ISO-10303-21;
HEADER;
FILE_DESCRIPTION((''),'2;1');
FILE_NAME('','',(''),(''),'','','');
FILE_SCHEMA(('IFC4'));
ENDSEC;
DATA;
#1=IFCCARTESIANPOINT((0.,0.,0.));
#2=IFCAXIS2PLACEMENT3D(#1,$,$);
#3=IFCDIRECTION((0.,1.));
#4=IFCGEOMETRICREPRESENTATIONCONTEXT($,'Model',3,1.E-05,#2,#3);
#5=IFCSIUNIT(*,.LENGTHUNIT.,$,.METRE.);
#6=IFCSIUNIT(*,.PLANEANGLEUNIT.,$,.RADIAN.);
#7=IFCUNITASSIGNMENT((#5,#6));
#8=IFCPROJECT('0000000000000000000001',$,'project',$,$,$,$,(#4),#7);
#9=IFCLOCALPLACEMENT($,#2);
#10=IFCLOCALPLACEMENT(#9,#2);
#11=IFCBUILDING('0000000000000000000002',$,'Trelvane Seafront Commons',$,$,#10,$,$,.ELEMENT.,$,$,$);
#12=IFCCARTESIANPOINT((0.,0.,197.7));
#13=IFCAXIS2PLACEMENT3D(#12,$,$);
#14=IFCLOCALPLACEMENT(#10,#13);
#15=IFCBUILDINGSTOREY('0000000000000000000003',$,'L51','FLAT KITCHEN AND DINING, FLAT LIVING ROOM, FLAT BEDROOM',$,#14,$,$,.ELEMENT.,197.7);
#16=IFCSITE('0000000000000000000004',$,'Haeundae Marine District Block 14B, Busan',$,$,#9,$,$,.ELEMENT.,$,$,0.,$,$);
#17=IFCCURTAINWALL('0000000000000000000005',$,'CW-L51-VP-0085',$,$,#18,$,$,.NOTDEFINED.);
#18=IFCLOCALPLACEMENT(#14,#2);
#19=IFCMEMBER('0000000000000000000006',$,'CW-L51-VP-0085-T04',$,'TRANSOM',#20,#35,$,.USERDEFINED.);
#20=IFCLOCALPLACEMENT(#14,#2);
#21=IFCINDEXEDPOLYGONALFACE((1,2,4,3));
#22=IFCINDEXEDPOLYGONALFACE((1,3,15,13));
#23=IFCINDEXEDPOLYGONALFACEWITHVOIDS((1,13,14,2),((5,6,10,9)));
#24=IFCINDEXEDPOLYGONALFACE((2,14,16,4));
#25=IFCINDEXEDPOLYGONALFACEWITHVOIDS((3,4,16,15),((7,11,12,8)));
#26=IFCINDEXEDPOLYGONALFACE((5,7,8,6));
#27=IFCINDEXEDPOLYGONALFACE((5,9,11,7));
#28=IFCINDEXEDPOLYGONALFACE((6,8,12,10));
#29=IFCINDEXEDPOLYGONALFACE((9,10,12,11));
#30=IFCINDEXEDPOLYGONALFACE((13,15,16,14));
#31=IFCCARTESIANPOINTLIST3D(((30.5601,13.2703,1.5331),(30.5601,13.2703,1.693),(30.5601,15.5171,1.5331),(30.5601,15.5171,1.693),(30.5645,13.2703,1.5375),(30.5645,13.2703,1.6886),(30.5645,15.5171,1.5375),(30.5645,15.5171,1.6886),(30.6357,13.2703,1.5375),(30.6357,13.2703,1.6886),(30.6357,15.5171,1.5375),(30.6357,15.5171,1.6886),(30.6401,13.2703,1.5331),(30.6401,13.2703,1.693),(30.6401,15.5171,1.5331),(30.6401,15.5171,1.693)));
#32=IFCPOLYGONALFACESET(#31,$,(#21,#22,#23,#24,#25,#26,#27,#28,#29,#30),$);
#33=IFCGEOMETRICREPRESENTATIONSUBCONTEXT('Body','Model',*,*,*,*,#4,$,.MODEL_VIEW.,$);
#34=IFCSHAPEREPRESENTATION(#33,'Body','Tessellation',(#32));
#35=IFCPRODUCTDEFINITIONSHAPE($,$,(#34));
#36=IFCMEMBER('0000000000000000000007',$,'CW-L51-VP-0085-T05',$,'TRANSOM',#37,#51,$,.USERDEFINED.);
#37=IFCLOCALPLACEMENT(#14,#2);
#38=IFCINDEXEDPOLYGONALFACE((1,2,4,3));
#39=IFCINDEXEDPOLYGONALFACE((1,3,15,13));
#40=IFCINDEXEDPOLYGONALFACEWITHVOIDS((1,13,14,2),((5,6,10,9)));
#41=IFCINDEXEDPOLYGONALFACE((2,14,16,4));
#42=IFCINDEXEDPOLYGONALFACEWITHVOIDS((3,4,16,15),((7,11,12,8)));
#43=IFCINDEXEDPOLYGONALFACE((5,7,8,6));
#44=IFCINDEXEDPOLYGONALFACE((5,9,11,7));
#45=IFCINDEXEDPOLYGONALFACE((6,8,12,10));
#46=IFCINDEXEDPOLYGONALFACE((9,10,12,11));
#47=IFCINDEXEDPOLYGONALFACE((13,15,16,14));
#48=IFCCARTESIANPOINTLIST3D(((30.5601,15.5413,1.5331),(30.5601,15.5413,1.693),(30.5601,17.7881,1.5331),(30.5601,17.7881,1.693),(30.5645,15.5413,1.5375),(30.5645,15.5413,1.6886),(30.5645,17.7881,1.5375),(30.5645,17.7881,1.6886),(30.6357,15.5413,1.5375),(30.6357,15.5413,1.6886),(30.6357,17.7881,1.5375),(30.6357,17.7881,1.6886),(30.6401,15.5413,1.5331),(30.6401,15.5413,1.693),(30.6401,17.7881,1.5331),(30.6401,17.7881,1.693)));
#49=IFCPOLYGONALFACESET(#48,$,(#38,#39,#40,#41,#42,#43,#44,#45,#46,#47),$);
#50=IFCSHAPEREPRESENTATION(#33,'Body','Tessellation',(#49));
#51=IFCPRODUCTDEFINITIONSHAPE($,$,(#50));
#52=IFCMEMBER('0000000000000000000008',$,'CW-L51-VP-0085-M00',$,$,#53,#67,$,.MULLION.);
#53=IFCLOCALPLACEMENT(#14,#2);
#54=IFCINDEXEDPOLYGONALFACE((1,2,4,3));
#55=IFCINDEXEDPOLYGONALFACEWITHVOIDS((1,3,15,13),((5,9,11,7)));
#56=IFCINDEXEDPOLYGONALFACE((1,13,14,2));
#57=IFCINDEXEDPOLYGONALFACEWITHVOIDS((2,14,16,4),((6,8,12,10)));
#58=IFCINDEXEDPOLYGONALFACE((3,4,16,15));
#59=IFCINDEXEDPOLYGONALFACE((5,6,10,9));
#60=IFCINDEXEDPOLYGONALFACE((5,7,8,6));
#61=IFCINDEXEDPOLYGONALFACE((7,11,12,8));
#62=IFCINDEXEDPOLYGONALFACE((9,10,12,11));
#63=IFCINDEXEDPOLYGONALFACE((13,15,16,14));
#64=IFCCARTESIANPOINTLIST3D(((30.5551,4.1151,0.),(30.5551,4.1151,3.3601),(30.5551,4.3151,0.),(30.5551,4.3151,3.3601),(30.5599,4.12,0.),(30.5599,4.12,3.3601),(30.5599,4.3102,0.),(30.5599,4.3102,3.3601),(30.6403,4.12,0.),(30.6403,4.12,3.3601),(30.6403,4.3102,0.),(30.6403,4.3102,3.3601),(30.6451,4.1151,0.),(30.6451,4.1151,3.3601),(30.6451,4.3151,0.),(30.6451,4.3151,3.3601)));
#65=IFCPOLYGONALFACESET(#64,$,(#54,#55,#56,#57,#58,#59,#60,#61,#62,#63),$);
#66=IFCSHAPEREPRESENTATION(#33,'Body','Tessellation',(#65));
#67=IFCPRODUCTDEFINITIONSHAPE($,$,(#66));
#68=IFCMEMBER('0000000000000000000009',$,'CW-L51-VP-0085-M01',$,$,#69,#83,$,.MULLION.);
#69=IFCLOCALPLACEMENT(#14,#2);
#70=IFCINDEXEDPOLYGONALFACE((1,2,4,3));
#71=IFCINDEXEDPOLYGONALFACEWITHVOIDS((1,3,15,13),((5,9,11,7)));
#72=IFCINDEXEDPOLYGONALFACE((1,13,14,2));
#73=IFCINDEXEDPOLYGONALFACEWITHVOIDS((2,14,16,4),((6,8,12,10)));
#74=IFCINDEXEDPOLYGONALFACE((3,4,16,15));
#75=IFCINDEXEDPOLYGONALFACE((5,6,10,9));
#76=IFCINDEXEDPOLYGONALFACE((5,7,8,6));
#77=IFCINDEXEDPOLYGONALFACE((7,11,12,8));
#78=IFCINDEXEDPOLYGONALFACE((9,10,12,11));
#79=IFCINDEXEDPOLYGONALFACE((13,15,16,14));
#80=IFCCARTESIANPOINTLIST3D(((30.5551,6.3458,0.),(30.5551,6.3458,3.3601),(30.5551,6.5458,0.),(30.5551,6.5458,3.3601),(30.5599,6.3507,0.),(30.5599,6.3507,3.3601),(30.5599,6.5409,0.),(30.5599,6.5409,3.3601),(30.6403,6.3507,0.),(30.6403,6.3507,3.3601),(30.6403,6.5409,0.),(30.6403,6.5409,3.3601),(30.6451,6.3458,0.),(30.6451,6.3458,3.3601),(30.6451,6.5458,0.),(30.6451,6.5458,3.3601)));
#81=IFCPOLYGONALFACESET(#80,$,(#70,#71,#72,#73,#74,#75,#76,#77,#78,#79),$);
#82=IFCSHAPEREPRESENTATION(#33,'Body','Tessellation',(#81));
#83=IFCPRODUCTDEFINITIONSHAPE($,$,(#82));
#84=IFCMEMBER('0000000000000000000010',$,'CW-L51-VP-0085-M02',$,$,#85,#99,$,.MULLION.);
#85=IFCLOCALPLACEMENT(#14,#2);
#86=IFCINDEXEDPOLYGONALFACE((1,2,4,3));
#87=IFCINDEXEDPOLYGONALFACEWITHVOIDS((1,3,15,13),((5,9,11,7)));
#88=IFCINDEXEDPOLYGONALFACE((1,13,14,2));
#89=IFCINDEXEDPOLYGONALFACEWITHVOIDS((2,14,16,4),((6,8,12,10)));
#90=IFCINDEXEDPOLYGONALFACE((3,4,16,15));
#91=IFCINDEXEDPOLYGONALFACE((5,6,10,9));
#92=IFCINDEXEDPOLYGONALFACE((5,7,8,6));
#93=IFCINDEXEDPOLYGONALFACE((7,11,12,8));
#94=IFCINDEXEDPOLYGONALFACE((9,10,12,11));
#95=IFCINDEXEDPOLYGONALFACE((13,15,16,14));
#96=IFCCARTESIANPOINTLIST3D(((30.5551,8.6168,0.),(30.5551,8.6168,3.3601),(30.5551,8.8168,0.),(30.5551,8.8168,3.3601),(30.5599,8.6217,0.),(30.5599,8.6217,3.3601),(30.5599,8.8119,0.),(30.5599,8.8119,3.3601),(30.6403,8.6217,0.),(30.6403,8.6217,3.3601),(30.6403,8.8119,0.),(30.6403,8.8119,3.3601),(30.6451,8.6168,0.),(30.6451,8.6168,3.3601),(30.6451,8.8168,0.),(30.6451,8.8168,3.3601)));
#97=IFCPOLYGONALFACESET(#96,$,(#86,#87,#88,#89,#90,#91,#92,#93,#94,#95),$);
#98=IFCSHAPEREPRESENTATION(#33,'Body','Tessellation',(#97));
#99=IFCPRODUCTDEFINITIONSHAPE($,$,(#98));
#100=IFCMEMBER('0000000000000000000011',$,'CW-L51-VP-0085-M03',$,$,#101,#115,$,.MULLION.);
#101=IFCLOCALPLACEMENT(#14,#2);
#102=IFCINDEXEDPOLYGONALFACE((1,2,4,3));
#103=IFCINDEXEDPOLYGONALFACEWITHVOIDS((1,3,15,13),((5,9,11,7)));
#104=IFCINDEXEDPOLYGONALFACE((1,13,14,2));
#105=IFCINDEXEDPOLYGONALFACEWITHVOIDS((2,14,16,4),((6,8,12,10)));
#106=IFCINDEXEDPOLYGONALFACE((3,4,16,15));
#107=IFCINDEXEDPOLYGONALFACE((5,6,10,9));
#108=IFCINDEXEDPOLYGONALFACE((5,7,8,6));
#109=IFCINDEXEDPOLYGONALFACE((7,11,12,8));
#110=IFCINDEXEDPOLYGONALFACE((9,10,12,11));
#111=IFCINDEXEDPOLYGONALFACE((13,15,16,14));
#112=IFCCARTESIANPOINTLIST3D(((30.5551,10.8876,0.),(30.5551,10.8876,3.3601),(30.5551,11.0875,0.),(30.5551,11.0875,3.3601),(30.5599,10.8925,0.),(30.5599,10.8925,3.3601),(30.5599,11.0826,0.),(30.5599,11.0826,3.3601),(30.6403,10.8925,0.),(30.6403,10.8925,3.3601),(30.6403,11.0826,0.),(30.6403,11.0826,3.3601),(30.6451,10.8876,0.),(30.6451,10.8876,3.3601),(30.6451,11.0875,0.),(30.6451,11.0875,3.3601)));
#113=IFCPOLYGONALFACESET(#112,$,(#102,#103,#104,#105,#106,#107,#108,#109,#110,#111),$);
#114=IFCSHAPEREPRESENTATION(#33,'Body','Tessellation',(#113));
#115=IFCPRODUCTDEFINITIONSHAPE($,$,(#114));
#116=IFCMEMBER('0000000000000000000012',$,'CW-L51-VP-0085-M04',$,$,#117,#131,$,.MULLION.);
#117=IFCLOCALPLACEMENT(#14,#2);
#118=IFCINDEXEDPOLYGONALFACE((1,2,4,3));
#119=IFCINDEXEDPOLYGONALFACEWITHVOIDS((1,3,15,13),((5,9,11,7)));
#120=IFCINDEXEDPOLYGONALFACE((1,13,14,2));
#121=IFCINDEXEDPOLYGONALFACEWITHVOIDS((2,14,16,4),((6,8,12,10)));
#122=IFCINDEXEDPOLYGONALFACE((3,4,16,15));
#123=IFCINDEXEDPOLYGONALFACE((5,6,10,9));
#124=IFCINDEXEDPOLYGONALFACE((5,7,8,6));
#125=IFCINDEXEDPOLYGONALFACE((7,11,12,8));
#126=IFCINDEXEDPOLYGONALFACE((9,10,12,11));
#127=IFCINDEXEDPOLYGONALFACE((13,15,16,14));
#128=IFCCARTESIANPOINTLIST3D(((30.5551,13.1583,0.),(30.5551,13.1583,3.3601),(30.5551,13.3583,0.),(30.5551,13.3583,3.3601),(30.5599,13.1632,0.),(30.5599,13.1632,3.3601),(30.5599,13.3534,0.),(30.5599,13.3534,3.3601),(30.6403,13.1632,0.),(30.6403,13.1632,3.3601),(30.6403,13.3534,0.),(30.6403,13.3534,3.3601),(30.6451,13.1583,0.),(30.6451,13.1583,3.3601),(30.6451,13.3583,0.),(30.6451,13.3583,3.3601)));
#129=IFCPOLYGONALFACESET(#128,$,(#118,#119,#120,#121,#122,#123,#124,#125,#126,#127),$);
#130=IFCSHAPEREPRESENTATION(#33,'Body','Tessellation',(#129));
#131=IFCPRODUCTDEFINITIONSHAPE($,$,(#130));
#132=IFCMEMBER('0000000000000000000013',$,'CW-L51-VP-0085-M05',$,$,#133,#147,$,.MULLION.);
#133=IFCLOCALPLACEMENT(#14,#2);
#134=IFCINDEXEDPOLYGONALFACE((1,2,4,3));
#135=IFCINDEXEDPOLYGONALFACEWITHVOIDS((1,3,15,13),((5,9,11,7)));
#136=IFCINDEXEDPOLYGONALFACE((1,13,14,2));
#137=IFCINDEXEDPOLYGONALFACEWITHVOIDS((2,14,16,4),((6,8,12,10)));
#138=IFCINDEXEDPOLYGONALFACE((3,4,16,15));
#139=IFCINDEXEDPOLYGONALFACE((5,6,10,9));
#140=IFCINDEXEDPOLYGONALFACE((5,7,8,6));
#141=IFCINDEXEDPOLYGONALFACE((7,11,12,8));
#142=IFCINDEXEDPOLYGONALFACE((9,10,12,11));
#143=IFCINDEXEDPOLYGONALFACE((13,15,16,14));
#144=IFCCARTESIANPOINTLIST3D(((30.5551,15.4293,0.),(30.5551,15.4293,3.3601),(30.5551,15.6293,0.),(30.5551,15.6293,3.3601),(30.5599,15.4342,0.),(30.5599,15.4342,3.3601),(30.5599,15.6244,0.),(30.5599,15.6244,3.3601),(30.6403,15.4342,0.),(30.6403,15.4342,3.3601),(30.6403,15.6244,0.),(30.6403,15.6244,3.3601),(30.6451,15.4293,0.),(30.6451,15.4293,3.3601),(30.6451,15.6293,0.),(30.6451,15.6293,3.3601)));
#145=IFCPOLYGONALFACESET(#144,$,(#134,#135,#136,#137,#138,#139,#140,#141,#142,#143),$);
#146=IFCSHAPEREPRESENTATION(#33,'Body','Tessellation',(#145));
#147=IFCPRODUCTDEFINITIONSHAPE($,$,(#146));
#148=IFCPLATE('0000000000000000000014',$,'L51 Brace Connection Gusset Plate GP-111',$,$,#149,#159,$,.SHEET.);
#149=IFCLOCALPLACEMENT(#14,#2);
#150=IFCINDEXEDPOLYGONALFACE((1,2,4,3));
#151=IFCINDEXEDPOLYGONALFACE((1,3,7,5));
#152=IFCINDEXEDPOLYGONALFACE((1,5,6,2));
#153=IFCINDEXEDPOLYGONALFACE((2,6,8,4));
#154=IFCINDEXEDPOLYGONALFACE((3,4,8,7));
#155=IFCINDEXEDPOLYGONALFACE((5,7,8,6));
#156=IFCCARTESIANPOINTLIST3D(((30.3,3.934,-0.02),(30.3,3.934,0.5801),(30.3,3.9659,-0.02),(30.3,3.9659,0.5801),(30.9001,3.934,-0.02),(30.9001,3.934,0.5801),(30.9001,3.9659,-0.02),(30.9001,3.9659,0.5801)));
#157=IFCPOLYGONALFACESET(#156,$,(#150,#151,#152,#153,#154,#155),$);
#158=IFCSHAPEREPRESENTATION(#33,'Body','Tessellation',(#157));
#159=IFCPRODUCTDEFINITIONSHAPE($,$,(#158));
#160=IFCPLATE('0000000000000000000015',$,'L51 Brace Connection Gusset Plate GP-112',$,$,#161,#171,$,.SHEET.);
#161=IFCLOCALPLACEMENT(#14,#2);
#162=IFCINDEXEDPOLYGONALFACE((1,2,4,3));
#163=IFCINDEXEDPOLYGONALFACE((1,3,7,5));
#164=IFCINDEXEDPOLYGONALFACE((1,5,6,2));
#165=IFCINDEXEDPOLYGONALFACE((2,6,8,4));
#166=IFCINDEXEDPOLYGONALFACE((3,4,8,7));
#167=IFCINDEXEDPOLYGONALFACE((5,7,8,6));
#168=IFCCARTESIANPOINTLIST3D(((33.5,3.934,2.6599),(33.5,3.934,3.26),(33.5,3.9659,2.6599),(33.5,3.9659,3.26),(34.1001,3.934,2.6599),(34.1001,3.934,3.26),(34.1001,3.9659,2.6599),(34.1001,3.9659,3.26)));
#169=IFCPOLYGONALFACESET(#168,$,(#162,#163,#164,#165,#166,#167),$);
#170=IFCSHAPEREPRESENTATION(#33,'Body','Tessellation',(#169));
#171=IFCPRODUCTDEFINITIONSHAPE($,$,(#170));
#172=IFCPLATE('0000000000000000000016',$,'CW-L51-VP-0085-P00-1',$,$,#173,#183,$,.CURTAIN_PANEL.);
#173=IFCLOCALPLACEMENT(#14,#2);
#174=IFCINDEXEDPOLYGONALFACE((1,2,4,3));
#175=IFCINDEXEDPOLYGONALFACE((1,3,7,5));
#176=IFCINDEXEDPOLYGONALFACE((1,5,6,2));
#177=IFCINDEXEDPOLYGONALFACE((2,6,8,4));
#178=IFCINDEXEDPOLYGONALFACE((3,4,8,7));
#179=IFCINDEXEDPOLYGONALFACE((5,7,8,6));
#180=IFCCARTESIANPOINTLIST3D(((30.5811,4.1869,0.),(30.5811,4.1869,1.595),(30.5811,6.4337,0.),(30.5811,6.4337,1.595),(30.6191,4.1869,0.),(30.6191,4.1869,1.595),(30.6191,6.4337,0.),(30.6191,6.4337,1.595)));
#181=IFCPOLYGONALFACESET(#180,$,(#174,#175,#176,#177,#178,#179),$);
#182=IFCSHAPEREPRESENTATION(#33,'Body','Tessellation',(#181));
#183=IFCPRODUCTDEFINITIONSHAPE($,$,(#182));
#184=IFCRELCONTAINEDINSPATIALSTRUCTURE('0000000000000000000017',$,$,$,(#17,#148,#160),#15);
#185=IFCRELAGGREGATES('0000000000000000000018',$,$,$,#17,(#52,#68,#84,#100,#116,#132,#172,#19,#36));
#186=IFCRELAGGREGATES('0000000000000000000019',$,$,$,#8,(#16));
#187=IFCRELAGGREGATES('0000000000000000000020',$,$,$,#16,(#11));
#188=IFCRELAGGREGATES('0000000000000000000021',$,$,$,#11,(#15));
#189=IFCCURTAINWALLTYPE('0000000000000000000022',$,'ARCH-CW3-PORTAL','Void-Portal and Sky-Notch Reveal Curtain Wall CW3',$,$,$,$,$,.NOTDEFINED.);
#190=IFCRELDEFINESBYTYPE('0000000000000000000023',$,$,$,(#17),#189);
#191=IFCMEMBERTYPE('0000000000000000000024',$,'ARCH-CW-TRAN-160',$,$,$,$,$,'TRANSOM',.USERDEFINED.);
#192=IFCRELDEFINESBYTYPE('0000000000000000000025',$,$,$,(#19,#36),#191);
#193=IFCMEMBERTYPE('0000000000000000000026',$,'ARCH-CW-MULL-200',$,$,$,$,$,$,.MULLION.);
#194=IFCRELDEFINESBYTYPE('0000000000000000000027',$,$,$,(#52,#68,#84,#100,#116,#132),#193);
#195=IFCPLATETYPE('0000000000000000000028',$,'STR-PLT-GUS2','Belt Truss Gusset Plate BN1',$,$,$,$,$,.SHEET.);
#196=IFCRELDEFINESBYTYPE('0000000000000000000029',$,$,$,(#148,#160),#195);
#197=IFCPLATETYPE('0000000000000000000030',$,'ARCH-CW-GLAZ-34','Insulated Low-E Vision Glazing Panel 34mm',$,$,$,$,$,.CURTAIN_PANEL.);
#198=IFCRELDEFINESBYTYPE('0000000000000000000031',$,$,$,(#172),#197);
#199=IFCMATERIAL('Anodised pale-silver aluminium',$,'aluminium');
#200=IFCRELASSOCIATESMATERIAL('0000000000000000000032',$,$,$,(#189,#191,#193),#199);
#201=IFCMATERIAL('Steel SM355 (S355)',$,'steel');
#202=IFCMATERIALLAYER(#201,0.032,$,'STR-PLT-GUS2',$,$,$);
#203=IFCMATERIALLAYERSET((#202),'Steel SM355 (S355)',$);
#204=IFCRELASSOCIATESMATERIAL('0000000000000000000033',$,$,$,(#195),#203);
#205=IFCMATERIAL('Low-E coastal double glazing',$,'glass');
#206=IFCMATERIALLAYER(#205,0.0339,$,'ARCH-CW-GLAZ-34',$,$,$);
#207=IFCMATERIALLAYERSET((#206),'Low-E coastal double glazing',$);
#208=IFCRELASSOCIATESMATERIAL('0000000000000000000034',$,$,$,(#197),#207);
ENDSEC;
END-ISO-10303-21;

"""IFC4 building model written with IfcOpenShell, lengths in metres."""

from ifc_helpers import new_model, si_unit, direction, frame, origin, origin_2d, place, context, subcontext, project, spatial, rectangle, hollow_rectangle, extrude, source, transform, mapped, material, layer, layer_set, material_profile, profile_set, type_object, element, aggregate, save


model = new_model("IFC4")

# Units and contexts
model_context = context("Model", 3, precision=1e-05, world=origin(), true_north=direction((0.0, 1.0)))
body_context = subcontext(model_context, "Body", "Model", "MODEL_VIEW")
ifc_project = project(units=[si_unit("LENGTHUNIT", "METRE"), si_unit("PLANEANGLEUNIT", "RADIAN")], contexts=[model_context])

# Site, building, storey
site_placement = place(None, origin())
site = spatial("IfcSite", under=ifc_project, at=site_placement, Name="Haeundae Marine District Block 14B, Busan", CompositionType="ELEMENT", RefElevation=0.0)
building_placement = place(site_placement, origin())
building = spatial("IfcBuilding", under=site, at=building_placement, Name="Trelvane Seafront Commons", CompositionType="ELEMENT")
storey_placement = place(building_placement, frame((0.0, 0.0, 197.7)))
storey = spatial("IfcBuildingStorey", under=building, at=storey_placement, Name="L51", Description="FLAT KITCHEN AND DINING, FLAT LIVING ROOM, FLAT BEDROOM", CompositionType="ELEMENT", Elevation=197.7)

# Shared definitions
ifc_material_1 = material(Name="Steel SM355 (S355)", Category="steel")

# Curtain wall, members
ifc_material_2 = material(Name="Anodised pale-silver aluminium", Category="aluminium")
curtain_wall_type = type_object("IfcCurtainWallType", Name="ARCH-CW3-PORTAL", Description="Void-Portal and Sky-Notch Reveal Curtain Wall CW3", PredefinedType="NOTDEFINED", material=ifc_material_2)
curtain_wall_placement = place(storey_placement, origin())
curtain_wall = element("IfcCurtainWall", 1, at=curtain_wall_placement, inside=storey, type_object=curtain_wall_type, Name="CW-L51-VP-0085", PredefinedType="NOTDEFINED")
ifc_material_profile_1 = material_profile(ifc_material_2, hollow_rectangle(XDim=0.0801, YDim=0.1599, WallThickness=0.0044, at=origin_2d()), Name="TRAN-80x160x4.5")
ifc_profile_set_1 = profile_set([ifc_material_profile_1], Name="Anodised pale-silver aluminium")
member_type_1 = type_object("IfcMemberType", Name="ARCH-CW-TRAN-160", ElementType="TRANSOM", PredefinedType="USERDEFINED", material=ifc_profile_set_1)
shared_shape_1 = source(origin(), body_context, "Body", "SweptSolid", [
    extrude(hollow_rectangle(XDim=0.0801, YDim=0.1599, WallThickness=0.0044, at=origin_2d()), origin(), (0.0, 0.0, 1.0), 2.2468),
])
member_1_placement = place(storey_placement, frame((30.6001, 13.2703, 1.613), z_axis=(0.0, 1.0, 0.0), x_axis=(-1.0, 0.0, 0.0)))
member_1 = element("IfcMember", 2, at=member_1_placement, type_object=member_type_1, Name="CW-L51-VP-0085-T04", ObjectType="TRANSOM", PredefinedType="USERDEFINED", context=body_context, shape_type="MappedRepresentation", body=[
    mapped(shared_shape_1, transform((0.0, 0.0, 0.0), x_axis=(1.0, 0.0, 0.0), y_axis=(0.0, 1.0, 0.0), z_axis=(0.0, 0.0, 1.0), scale=1.0)),
])
member_2_placement = place(storey_placement, frame((30.6001, 15.5413, 1.613), z_axis=(0.0, 1.0, 0.0), x_axis=(-1.0, 0.0, 0.0)))
member_2 = element("IfcMember", 3, at=member_2_placement, type_object=member_type_1, Name="CW-L51-VP-0085-T05", ObjectType="TRANSOM", PredefinedType="USERDEFINED", context=body_context, shape_type="MappedRepresentation", body=[
    mapped(shared_shape_1, transform((0.0, 0.0, 0.0), x_axis=(1.0, 0.0, 0.0), y_axis=(0.0, 1.0, 0.0), z_axis=(0.0, 0.0, 1.0), scale=1.0)),
])
ifc_material_profile_2 = material_profile(ifc_material_2, hollow_rectangle(XDim=0.0901, YDim=0.2, WallThickness=0.0049, at=origin_2d()), Name="MULL-90x200x5")
ifc_profile_set_2 = profile_set([ifc_material_profile_2], Name="Anodised pale-silver aluminium")
member_type_2 = type_object("IfcMemberType", Name="ARCH-CW-MULL-200", PredefinedType="MULLION", material=ifc_profile_set_2)
shared_shape_2 = source(origin(), body_context, "Body", "SweptSolid", [
    extrude(hollow_rectangle(XDim=0.0901, YDim=0.2, WallThickness=0.0049, at=origin_2d()), origin(), (0.0, 0.0, 1.0), 3.3601),
])
member_3_placement = place(storey_placement, frame((30.6001, 4.2151, 0.0), z_axis=(0.0, 0.0, 1.0), x_axis=(1.0, 0.0, 0.0)))
member_3 = element("IfcMember", 4, at=member_3_placement, type_object=member_type_2, Name="CW-L51-VP-0085-M00", PredefinedType="MULLION", context=body_context, shape_type="MappedRepresentation", body=[
    mapped(shared_shape_2, transform((0.0, 0.0, 0.0), x_axis=(1.0, 0.0, 0.0), y_axis=(0.0, 1.0, 0.0), z_axis=(0.0, 0.0, 1.0), scale=1.0)),
])
member_4_placement = place(storey_placement, frame((30.6001, 6.4458, 0.0), z_axis=(0.0, 0.0, 1.0), x_axis=(1.0, 0.0, 0.0)))
member_4 = element("IfcMember", 5, at=member_4_placement, type_object=member_type_2, Name="CW-L51-VP-0085-M01", PredefinedType="MULLION", context=body_context, shape_type="MappedRepresentation", body=[
    mapped(shared_shape_2, transform((0.0, 0.0, 0.0), x_axis=(1.0, 0.0, 0.0), y_axis=(0.0, 1.0, 0.0), z_axis=(0.0, 0.0, 1.0), scale=1.0)),
])
member_5_placement = place(storey_placement, frame((30.6001, 8.7168, 0.0), z_axis=(0.0, 0.0, 1.0), x_axis=(1.0, 0.0, 0.0)))
member_5 = element("IfcMember", 6, at=member_5_placement, type_object=member_type_2, Name="CW-L51-VP-0085-M02", PredefinedType="MULLION", context=body_context, shape_type="MappedRepresentation", body=[
    mapped(shared_shape_2, transform((0.0, 0.0, 0.0), x_axis=(1.0, 0.0, 0.0), y_axis=(0.0, 1.0, 0.0), z_axis=(0.0, 0.0, 1.0), scale=1.0)),
])
member_6_placement = place(storey_placement, frame((30.6001, 10.9875, 0.0), z_axis=(0.0, 0.0, 1.0), x_axis=(1.0, 0.0, 0.0)))
member_6 = element("IfcMember", 7, at=member_6_placement, type_object=member_type_2, Name="CW-L51-VP-0085-M03", PredefinedType="MULLION", context=body_context, shape_type="MappedRepresentation", body=[
    mapped(shared_shape_2, transform((0.0, 0.0, 0.0), x_axis=(1.0, 0.0, 0.0), y_axis=(0.0, 1.0, 0.0), z_axis=(0.0, 0.0, 1.0), scale=1.0)),
])
member_7_placement = place(storey_placement, frame((30.6001, 13.2583, 0.0), z_axis=(0.0, 0.0, 1.0), x_axis=(1.0, 0.0, 0.0)))
member_7 = element("IfcMember", 8, at=member_7_placement, type_object=member_type_2, Name="CW-L51-VP-0085-M04", PredefinedType="MULLION", context=body_context, shape_type="MappedRepresentation", body=[
    mapped(shared_shape_2, transform((0.0, 0.0, 0.0), x_axis=(1.0, 0.0, 0.0), y_axis=(0.0, 1.0, 0.0), z_axis=(0.0, 0.0, 1.0), scale=1.0)),
])
member_8_placement = place(storey_placement, frame((30.6001, 15.5293, 0.0), z_axis=(0.0, 0.0, 1.0), x_axis=(1.0, 0.0, 0.0)))
member_8 = element("IfcMember", 9, at=member_8_placement, type_object=member_type_2, Name="CW-L51-VP-0085-M05", PredefinedType="MULLION", context=body_context, shape_type="MappedRepresentation", body=[
    mapped(shared_shape_2, transform((0.0, 0.0, 0.0), x_axis=(1.0, 0.0, 0.0), y_axis=(0.0, 1.0, 0.0), z_axis=(0.0, 0.0, 1.0), scale=1.0)),
])

# Plates
ifc_layer_1 = layer(ifc_material_1, 0.032, Name="STR-PLT-GUS2")
ifc_layer_set_1 = layer_set([ifc_layer_1], Name="Steel SM355 (S355)")
plate_type_1 = type_object("IfcPlateType", Name="STR-PLT-GUS2", Description="Belt Truss Gusset Plate BN1", PredefinedType="SHEET", material=ifc_layer_set_1)
shared_shape_3 = source(origin(), body_context, "Body", "SweptSolid", [
    extrude(rectangle(XDim=0.6001, YDim=0.032, at=origin_2d()), origin(), (0.0, 0.0, 1.0), 0.6001),
])
for number, where, z_axis, x_axis, name in (
    (10, (30.6001, 3.95, -0.02), (0.0, 0.0, 1.0), (1.0, 0.0, 0.0), "L51 Brace Connection Gusset Plate GP-111"),
    (11, (33.8, 3.95, 2.6599), (0.0, 0.0, 1.0), (1.0, 0.0, 0.0), "L51 Brace Connection Gusset Plate GP-112"),
):
    element("IfcPlate", number, at=place(storey_placement, frame(where, z_axis=z_axis, x_axis=x_axis)), inside=storey, type_object=plate_type_1, Name=name, PredefinedType="SHEET", context=body_context, shape_type="MappedRepresentation", body=[
        mapped(shared_shape_3, transform((0.0, 0.0, 0.0), x_axis=(1.0, 0.0, 0.0), y_axis=(0.0, 1.0, 0.0), z_axis=(0.0, 0.0, 1.0), scale=1.0)),
    ])

# Plate
ifc_material_3 = material(Name="Low-E coastal double glazing", Category="glass")
ifc_layer_2 = layer(ifc_material_3, 0.0339, Name="ARCH-CW-GLAZ-34")
ifc_layer_set_2 = layer_set([ifc_layer_2], Name="Low-E coastal double glazing")
plate_type_2 = type_object("IfcPlateType", Name="ARCH-CW-GLAZ-34", Description="Insulated Low-E Vision Glazing Panel 34mm", PredefinedType="CURTAIN_PANEL", material=ifc_layer_set_2)
shared_shape_4 = source(origin(), body_context, "Body", "SweptSolid", [
    extrude(rectangle(XDim=2.2468, YDim=0.0381, at=origin_2d()), origin(), (0.0, 0.0, 1.0), 1.595),
])
plate_1_placement = place(storey_placement, frame((30.6001, 5.3103, 0.0), z_axis=(0.0, 0.0, 1.0), x_axis=(0.0, 1.0, 0.0)))
plate_1 = element("IfcPlate", 12, at=plate_1_placement, type_object=plate_type_2, Name="CW-L51-VP-0085-P00-1", PredefinedType="CURTAIN_PANEL", context=body_context, shape_type="MappedRepresentation", body=[
    mapped(shared_shape_4, transform((0.0, 0.0, 0.0), x_axis=(1.0, 0.0, 0.0), y_axis=(0.0, 1.0, 0.0), z_axis=(0.0, 0.0, 1.0), scale=1.0)),
])
aggregate(curtain_wall, [member_3, member_4, member_5, member_6, member_7, member_8, plate_1, member_1, member_2])

save(model, "model.ifc")
